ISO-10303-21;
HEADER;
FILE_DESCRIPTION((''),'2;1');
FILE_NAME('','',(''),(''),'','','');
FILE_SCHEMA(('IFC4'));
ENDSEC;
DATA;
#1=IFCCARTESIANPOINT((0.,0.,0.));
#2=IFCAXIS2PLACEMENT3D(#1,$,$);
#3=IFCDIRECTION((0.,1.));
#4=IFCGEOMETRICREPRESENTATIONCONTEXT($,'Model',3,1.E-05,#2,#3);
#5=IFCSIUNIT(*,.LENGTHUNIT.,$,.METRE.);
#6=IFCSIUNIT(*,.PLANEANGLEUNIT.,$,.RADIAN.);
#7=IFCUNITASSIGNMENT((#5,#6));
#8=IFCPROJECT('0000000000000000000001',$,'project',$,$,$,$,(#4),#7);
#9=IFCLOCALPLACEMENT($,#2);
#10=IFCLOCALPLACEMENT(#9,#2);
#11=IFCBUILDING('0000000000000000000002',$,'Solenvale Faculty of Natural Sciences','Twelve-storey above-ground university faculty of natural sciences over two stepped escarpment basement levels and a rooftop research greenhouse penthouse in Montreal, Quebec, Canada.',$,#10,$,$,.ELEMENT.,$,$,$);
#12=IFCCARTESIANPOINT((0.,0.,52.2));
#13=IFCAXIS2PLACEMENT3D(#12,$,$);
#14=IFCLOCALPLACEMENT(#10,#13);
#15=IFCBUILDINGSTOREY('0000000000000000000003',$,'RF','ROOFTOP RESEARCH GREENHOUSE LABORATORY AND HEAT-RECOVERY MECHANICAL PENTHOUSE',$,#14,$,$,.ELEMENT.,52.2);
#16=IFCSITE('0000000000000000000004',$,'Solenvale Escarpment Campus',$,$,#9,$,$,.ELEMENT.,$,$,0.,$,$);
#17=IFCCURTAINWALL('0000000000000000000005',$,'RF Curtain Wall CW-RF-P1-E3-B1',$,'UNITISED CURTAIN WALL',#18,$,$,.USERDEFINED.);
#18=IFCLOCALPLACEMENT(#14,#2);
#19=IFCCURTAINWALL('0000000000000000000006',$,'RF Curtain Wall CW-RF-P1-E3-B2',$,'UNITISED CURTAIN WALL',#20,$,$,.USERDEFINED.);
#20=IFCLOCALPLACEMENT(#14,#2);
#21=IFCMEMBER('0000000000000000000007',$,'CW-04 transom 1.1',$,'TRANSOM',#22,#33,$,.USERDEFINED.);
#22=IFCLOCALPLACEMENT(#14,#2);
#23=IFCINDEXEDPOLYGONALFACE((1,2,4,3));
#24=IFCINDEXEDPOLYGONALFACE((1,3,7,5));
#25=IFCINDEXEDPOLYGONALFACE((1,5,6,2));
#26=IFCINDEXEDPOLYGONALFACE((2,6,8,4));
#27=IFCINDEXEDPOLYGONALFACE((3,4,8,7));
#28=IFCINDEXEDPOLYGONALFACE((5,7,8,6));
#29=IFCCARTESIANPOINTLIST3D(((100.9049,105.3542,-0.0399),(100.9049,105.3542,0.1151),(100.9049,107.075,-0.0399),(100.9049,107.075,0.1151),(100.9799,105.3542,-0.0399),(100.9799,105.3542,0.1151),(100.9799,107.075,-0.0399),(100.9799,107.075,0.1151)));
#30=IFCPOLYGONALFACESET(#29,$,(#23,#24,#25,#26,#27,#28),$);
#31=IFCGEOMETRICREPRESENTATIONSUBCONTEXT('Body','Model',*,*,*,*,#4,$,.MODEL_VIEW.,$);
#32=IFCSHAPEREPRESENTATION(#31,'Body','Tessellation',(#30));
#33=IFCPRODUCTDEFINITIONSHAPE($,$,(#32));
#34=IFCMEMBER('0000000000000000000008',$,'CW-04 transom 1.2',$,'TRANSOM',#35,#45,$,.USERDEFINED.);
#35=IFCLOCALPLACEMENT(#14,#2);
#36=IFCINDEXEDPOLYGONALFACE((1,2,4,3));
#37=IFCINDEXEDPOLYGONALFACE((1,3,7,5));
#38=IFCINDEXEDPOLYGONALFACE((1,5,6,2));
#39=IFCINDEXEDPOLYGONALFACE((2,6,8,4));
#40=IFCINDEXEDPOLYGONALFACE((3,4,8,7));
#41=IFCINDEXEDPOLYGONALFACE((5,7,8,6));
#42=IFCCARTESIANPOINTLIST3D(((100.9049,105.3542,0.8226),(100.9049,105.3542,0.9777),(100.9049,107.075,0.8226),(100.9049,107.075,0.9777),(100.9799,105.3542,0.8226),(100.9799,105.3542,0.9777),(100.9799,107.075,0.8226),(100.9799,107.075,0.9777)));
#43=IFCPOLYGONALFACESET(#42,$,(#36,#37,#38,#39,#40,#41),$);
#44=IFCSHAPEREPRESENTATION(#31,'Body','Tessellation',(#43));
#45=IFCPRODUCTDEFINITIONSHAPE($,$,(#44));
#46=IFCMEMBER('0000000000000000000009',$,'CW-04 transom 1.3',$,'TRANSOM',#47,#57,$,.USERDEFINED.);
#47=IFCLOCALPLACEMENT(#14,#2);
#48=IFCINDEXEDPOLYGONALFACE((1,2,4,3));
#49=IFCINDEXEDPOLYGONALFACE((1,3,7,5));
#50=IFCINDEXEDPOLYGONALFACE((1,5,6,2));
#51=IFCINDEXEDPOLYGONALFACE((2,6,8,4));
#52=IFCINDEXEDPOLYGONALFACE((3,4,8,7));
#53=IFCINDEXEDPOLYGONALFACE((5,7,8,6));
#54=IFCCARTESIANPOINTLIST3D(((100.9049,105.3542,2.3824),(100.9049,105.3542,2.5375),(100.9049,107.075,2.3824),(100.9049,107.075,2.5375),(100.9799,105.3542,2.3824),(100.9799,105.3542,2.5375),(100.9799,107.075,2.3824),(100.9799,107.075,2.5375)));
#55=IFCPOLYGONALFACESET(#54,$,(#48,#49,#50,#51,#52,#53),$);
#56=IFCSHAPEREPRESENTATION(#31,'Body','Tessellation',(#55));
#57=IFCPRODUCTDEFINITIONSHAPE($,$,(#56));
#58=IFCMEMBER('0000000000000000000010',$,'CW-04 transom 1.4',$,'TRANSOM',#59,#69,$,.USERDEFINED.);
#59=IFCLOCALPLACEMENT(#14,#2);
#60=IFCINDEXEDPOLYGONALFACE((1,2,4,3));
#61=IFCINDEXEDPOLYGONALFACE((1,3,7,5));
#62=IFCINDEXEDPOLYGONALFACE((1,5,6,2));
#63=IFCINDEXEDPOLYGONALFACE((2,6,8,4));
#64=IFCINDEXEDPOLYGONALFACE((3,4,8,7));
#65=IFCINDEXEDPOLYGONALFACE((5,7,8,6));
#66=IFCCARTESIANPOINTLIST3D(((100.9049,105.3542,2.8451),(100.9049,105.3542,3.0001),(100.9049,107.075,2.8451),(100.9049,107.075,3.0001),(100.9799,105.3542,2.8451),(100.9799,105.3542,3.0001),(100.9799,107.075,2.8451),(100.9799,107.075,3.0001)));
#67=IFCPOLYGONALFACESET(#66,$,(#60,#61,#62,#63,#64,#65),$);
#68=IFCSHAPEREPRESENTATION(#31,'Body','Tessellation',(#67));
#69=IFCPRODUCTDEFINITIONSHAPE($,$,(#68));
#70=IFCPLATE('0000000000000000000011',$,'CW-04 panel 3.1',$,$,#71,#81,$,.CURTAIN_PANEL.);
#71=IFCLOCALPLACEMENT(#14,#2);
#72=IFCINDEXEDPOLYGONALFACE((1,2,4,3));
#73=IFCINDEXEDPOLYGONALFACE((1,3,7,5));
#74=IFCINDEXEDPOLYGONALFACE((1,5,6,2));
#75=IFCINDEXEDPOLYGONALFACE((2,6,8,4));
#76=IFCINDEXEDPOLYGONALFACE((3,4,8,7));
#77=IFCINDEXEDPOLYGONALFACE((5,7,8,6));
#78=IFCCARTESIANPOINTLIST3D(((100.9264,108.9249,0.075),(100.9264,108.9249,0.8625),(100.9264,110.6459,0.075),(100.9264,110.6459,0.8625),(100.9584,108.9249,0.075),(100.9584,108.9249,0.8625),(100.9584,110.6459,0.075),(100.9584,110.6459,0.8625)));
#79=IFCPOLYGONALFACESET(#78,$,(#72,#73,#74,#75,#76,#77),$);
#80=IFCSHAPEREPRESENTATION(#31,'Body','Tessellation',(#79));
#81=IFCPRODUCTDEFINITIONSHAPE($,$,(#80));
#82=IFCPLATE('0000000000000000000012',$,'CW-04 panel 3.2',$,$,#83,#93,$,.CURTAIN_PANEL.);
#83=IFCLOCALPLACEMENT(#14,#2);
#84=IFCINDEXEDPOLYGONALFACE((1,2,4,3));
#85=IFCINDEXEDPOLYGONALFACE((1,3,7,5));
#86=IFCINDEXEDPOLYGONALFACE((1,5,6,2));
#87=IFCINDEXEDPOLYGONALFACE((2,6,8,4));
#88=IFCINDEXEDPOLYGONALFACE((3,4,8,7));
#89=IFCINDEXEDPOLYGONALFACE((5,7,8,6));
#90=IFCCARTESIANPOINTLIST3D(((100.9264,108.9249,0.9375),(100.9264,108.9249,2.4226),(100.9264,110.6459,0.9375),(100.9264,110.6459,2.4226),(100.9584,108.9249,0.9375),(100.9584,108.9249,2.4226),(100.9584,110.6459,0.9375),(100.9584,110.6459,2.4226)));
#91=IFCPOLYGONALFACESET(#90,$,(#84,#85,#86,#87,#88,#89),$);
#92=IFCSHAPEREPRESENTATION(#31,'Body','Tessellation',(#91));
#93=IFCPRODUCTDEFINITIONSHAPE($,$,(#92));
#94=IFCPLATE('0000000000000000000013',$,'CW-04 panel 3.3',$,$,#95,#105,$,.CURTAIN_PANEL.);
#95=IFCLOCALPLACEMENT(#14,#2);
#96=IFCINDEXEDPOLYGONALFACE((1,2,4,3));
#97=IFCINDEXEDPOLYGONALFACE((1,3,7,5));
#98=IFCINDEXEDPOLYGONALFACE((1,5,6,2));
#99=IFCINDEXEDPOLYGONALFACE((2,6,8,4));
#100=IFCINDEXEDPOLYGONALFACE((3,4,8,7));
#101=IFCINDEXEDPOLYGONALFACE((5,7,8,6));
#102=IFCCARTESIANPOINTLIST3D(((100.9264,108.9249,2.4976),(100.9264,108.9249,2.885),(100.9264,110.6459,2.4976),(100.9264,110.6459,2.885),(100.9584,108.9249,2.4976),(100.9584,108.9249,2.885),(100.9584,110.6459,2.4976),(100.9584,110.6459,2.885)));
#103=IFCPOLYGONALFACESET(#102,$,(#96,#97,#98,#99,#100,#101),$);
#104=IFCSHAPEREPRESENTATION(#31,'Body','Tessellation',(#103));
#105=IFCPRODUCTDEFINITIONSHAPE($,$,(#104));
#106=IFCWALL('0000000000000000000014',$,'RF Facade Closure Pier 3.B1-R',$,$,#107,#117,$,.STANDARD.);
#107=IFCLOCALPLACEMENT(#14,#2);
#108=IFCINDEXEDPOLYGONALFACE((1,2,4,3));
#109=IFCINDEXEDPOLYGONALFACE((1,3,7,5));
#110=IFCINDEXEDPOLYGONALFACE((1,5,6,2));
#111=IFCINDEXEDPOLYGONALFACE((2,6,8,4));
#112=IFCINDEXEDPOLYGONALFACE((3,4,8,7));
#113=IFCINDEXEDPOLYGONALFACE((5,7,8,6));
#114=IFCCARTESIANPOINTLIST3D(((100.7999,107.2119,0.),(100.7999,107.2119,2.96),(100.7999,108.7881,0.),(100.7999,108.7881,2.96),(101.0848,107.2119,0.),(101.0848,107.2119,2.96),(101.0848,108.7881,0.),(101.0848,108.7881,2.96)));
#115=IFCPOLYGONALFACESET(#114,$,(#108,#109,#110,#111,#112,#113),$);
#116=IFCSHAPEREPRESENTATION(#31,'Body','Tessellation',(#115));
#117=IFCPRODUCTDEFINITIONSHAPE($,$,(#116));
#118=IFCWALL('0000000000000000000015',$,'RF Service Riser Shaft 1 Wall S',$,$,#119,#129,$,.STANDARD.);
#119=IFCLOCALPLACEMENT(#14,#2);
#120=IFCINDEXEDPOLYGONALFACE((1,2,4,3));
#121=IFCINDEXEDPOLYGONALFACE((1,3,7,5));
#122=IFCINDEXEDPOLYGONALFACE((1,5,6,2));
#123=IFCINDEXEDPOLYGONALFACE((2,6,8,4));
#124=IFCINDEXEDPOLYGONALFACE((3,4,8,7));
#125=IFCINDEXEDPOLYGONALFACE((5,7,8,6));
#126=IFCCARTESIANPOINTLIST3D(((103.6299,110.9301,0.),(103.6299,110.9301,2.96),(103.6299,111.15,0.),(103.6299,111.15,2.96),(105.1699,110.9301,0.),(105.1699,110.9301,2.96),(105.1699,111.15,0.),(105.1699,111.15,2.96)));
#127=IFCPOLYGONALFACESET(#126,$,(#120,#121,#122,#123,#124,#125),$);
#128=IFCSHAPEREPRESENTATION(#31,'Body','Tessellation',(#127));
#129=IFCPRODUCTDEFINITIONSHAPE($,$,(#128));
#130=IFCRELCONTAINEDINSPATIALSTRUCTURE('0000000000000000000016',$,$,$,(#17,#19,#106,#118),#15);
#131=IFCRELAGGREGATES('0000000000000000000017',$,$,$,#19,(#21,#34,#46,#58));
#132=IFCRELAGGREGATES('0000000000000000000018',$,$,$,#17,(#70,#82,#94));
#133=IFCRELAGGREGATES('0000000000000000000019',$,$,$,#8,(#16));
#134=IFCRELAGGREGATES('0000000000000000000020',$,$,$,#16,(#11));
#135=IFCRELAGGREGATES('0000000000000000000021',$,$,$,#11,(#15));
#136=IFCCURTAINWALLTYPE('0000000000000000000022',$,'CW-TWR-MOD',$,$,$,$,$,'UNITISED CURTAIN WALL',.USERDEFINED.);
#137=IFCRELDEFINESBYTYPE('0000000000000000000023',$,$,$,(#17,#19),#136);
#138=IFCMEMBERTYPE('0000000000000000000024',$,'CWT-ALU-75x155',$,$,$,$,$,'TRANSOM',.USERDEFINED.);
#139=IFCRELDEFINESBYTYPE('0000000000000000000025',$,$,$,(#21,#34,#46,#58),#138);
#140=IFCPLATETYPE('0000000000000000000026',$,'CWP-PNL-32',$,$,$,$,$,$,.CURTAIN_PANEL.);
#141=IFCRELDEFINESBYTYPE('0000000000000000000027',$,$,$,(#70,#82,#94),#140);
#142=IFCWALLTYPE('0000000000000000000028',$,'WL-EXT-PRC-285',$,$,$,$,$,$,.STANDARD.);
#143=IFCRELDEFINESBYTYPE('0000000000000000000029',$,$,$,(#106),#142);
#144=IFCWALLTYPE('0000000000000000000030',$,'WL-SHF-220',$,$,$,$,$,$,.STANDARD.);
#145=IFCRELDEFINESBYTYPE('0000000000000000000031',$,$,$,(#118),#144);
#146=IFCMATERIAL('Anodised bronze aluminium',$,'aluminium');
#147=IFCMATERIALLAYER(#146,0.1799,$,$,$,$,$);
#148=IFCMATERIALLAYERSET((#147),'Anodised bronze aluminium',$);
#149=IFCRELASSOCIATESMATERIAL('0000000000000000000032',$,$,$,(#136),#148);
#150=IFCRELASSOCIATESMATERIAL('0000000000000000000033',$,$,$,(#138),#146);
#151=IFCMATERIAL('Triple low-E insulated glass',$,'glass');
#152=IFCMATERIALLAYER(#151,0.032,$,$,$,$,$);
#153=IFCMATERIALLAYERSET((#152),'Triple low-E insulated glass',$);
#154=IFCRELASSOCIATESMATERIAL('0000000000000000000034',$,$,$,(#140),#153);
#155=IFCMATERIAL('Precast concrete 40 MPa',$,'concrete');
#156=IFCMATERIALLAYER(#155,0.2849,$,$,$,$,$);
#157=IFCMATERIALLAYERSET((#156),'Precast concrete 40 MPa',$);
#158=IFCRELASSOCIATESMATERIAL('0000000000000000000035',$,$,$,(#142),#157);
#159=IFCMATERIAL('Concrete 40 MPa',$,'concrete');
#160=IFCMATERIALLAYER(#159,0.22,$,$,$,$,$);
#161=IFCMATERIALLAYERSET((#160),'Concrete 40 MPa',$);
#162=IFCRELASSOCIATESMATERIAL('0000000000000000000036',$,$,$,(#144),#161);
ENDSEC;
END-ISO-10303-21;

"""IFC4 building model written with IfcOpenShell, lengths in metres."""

from ifc_helpers import new_model, si_unit, direction, frame, frame_2d, origin, origin_2d, place, context, subcontext, project, spatial, rectangle, extrude, material, layer, layer_set, material_profile, profile_set, type_object, element, aggregate, save


model = new_model("IFC4")

# Units and contexts
model_context = context("Model", 3, precision=1e-05, world=origin(), true_north=direction((0.0, 1.0)))
body_context = subcontext(model_context, "Body", "Model", "MODEL_VIEW")
ifc_project = project(units=[si_unit("LENGTHUNIT", "METRE"), si_unit("PLANEANGLEUNIT", "RADIAN")], contexts=[model_context])

# Site, building, storey
site_placement = place(None, origin())
site = spatial("IfcSite", under=ifc_project, at=site_placement, Name="Solenvale Escarpment Campus", CompositionType="ELEMENT", RefElevation=0.0)
building_placement = place(site_placement, origin())
building = spatial("IfcBuilding", under=site, at=building_placement, Name="Solenvale Faculty of Natural Sciences", Description="Twelve-storey above-ground university faculty of natural sciences over two stepped escarpment basement levels and a rooftop research greenhouse penthouse in Montreal, Quebec, Canada.", CompositionType="ELEMENT")
storey_placement = place(building_placement, frame((0.0, 0.0, 52.2)))
storey = spatial("IfcBuildingStorey", under=building, at=storey_placement, Name="RF", Description="ROOFTOP RESEARCH GREENHOUSE LABORATORY AND HEAT-RECOVERY MECHANICAL PENTHOUSE", CompositionType="ELEMENT", Elevation=52.2)

# Shared definitions
ifc_material_1 = material(Name="Concrete 40 MPa", Category="concrete")

# Curtain wall
ifc_material_2 = material(Name="Anodised bronze aluminium", Category="aluminium")
ifc_layer_1 = layer(ifc_material_2, 0.1799)
ifc_layer_set_1 = layer_set([ifc_layer_1], Name="Anodised bronze aluminium")
curtain_wall_type = type_object("IfcCurtainWallType", Name="CW-TWR-MOD", ElementType="UNITISED CURTAIN WALL", PredefinedType="USERDEFINED", material=ifc_layer_set_1)
curtain_wall_1_placement = place(storey_placement, origin())
curtain_wall_1 = element("IfcCurtainWall", 1, at=curtain_wall_1_placement, inside=storey, type_object=curtain_wall_type, Name="RF Curtain Wall CW-RF-P1-E3-B1", ObjectType="UNITISED CURTAIN WALL", PredefinedType="USERDEFINED")

# Curtain wall
curtain_wall_2_placement = place(storey_placement, origin())
curtain_wall_2 = element("IfcCurtainWall", 2, at=curtain_wall_2_placement, inside=storey, type_object=curtain_wall_type, Name="RF Curtain Wall CW-RF-P1-E3-B2", ObjectType="UNITISED CURTAIN WALL", PredefinedType="USERDEFINED")

# Members
ifc_material_profile_1 = material_profile(ifc_material_2, rectangle(XDim=0.075, YDim=0.155, at=origin_2d()), Name="ALU-TRN-75x155")
ifc_profile_set_1 = profile_set([ifc_material_profile_1], Name="Anodised bronze aluminium")
member_type_1 = type_object("IfcMemberType", Name="CWT-ALU-75x155", ElementType="TRANSOM", PredefinedType="USERDEFINED", material=ifc_profile_set_1)
member_1_placement = place(storey_placement, frame((100.9424, 107.075, 0.0376), z_axis=(0.0, -1.0, 0.0), x_axis=(1.0, 0.0, 0.0)))
member_1 = element("IfcMember", 3, at=member_1_placement, type_object=member_type_1, Name="CW-04 transom 1.1", ObjectType="TRANSOM", PredefinedType="USERDEFINED", context=body_context, shape_type="SweptSolid", body=[
    extrude(rectangle(XDim=0.075, YDim=0.155, at=origin_2d()), origin(), (0.0, 0.0, 1.0), 1.7207),
])
member_2_placement = place(storey_placement, frame((100.9424, 107.075, 0.9001), z_axis=(0.0, -1.0, 0.0), x_axis=(1.0, 0.0, 0.0)))
member_2 = element("IfcMember", 4, at=member_2_placement, type_object=member_type_1, Name="CW-04 transom 1.2", ObjectType="TRANSOM", PredefinedType="USERDEFINED", context=body_context, shape_type="SweptSolid", body=[
    extrude(rectangle(XDim=0.075, YDim=0.155, at=origin_2d()), origin(), (0.0, 0.0, 1.0), 1.7207),
])
member_3_placement = place(storey_placement, frame((100.9424, 107.075, 2.46), z_axis=(0.0, -1.0, 0.0), x_axis=(1.0, 0.0, 0.0)))
member_3 = element("IfcMember", 5, at=member_3_placement, type_object=member_type_1, Name="CW-04 transom 1.3", ObjectType="TRANSOM", PredefinedType="USERDEFINED", context=body_context, shape_type="SweptSolid", body=[
    extrude(rectangle(XDim=0.075, YDim=0.155, at=origin_2d()), origin(), (0.0, 0.0, 1.0), 1.7207),
])
member_4_placement = place(storey_placement, frame((100.9424, 107.075, 2.9226), z_axis=(0.0, -1.0, 0.0), x_axis=(1.0, 0.0, 0.0)))
member_4 = element("IfcMember", 6, at=member_4_placement, type_object=member_type_1, Name="CW-04 transom 1.4", ObjectType="TRANSOM", PredefinedType="USERDEFINED", context=body_context, shape_type="SweptSolid", body=[
    extrude(rectangle(XDim=0.075, YDim=0.155, at=origin_2d()), origin(), (0.0, 0.0, 1.0), 1.7207),
])
aggregate(curtain_wall_2, [member_1, member_2, member_3, member_4])

# Plates
ifc_material_3 = material(Name="Triple low-E insulated glass", Category="glass")
ifc_layer_2 = layer(ifc_material_3, 0.032)
ifc_layer_set_2 = layer_set([ifc_layer_2], Name="Triple low-E insulated glass")
plate_type = type_object("IfcPlateType", Name="CWP-PNL-32", PredefinedType="CURTAIN_PANEL", material=ifc_layer_set_2)
plate_1_placement = place(storey_placement, frame((100.9424, 109.7854, 0.075), z_axis=(0.0, 0.0, 1.0), x_axis=(0.0, -1.0, 0.0)))
plate_1 = element("IfcPlate", 7, at=plate_1_placement, type_object=plate_type, Name="CW-04 panel 3.1", PredefinedType="CURTAIN_PANEL", context=body_context, shape_type="SweptSolid", body=[
    extrude(rectangle(XDim=1.7209, YDim=0.032, at=origin_2d()), origin(), (0.0, 0.0, 1.0), 0.7876),
])
plate_2_placement = place(storey_placement, frame((100.9424, 109.7854, 0.9375), z_axis=(0.0, 0.0, 1.0), x_axis=(0.0, -1.0, 0.0)))
plate_2 = element("IfcPlate", 8, at=plate_2_placement, type_object=plate_type, Name="CW-04 panel 3.2", PredefinedType="CURTAIN_PANEL", context=body_context, shape_type="SweptSolid", body=[
    extrude(rectangle(XDim=1.7209, YDim=0.032, at=origin_2d()), origin(), (0.0, 0.0, 1.0), 1.4851),
])
plate_3_placement = place(storey_placement, frame((100.9424, 109.7854, 2.4976), z_axis=(0.0, 0.0, 1.0), x_axis=(0.0, -1.0, 0.0)))
plate_3 = element("IfcPlate", 9, at=plate_3_placement, type_object=plate_type, Name="CW-04 panel 3.3", PredefinedType="CURTAIN_PANEL", context=body_context, shape_type="SweptSolid", body=[
    extrude(rectangle(XDim=1.7209, YDim=0.032, at=origin_2d()), origin(), (0.0, 0.0, 1.0), 0.3875),
])
aggregate(curtain_wall_1, [plate_1, plate_2, plate_3])

# Walls
ifc_material_4 = material(Name="Precast concrete 40 MPa", Category="concrete")
ifc_layer_3 = layer(ifc_material_4, 0.2849)
ifc_layer_set_3 = layer_set([ifc_layer_3], Name="Precast concrete 40 MPa")
wall_type_1 = type_object("IfcWallType", Name="WL-EXT-PRC-285", PredefinedType="STANDARD", material=ifc_layer_set_3)
wall_1_placement = place(storey_placement, frame((100.9424, 108.7881, 0.0), z_axis=(0.0, 0.0, 1.0), x_axis=(0.0, -1.0, 0.0)))
element("IfcWall", 10, at=wall_1_placement, inside=storey, type_object=wall_type_1, Name="RF Facade Closure Pier 3.B1-R", PredefinedType="STANDARD", context=body_context, shape_type="SweptSolid", body=[
    extrude(rectangle(XDim=1.5762, YDim=0.2849, at=frame_2d((0.7881, 0.0))), origin(), (0.0, 0.0, 1.0), 2.96),
])
ifc_layer_4 = layer(ifc_material_1, 0.22)
ifc_layer_set_4 = layer_set([ifc_layer_4], Name="Concrete 40 MPa")
wall_type_2 = type_object("IfcWallType", Name="WL-SHF-220", PredefinedType="STANDARD", material=ifc_layer_set_4)
wall_2_placement = place(storey_placement, frame((103.6299, 111.04, 0.0), z_axis=(0.0, 0.0, 1.0), x_axis=(1.0, 0.0, 0.0)))
element("IfcWall", 11, at=wall_2_placement, inside=storey, type_object=wall_type_2, Name="RF Service Riser Shaft 1 Wall S", PredefinedType="STANDARD", context=body_context, shape_type="SweptSolid", body=[
    extrude(rectangle(XDim=1.54, YDim=0.22, at=frame_2d((0.77, 0.0))), origin(), (0.0, 0.0, 1.0), 2.96),
])

save(model, "model.ifc")
